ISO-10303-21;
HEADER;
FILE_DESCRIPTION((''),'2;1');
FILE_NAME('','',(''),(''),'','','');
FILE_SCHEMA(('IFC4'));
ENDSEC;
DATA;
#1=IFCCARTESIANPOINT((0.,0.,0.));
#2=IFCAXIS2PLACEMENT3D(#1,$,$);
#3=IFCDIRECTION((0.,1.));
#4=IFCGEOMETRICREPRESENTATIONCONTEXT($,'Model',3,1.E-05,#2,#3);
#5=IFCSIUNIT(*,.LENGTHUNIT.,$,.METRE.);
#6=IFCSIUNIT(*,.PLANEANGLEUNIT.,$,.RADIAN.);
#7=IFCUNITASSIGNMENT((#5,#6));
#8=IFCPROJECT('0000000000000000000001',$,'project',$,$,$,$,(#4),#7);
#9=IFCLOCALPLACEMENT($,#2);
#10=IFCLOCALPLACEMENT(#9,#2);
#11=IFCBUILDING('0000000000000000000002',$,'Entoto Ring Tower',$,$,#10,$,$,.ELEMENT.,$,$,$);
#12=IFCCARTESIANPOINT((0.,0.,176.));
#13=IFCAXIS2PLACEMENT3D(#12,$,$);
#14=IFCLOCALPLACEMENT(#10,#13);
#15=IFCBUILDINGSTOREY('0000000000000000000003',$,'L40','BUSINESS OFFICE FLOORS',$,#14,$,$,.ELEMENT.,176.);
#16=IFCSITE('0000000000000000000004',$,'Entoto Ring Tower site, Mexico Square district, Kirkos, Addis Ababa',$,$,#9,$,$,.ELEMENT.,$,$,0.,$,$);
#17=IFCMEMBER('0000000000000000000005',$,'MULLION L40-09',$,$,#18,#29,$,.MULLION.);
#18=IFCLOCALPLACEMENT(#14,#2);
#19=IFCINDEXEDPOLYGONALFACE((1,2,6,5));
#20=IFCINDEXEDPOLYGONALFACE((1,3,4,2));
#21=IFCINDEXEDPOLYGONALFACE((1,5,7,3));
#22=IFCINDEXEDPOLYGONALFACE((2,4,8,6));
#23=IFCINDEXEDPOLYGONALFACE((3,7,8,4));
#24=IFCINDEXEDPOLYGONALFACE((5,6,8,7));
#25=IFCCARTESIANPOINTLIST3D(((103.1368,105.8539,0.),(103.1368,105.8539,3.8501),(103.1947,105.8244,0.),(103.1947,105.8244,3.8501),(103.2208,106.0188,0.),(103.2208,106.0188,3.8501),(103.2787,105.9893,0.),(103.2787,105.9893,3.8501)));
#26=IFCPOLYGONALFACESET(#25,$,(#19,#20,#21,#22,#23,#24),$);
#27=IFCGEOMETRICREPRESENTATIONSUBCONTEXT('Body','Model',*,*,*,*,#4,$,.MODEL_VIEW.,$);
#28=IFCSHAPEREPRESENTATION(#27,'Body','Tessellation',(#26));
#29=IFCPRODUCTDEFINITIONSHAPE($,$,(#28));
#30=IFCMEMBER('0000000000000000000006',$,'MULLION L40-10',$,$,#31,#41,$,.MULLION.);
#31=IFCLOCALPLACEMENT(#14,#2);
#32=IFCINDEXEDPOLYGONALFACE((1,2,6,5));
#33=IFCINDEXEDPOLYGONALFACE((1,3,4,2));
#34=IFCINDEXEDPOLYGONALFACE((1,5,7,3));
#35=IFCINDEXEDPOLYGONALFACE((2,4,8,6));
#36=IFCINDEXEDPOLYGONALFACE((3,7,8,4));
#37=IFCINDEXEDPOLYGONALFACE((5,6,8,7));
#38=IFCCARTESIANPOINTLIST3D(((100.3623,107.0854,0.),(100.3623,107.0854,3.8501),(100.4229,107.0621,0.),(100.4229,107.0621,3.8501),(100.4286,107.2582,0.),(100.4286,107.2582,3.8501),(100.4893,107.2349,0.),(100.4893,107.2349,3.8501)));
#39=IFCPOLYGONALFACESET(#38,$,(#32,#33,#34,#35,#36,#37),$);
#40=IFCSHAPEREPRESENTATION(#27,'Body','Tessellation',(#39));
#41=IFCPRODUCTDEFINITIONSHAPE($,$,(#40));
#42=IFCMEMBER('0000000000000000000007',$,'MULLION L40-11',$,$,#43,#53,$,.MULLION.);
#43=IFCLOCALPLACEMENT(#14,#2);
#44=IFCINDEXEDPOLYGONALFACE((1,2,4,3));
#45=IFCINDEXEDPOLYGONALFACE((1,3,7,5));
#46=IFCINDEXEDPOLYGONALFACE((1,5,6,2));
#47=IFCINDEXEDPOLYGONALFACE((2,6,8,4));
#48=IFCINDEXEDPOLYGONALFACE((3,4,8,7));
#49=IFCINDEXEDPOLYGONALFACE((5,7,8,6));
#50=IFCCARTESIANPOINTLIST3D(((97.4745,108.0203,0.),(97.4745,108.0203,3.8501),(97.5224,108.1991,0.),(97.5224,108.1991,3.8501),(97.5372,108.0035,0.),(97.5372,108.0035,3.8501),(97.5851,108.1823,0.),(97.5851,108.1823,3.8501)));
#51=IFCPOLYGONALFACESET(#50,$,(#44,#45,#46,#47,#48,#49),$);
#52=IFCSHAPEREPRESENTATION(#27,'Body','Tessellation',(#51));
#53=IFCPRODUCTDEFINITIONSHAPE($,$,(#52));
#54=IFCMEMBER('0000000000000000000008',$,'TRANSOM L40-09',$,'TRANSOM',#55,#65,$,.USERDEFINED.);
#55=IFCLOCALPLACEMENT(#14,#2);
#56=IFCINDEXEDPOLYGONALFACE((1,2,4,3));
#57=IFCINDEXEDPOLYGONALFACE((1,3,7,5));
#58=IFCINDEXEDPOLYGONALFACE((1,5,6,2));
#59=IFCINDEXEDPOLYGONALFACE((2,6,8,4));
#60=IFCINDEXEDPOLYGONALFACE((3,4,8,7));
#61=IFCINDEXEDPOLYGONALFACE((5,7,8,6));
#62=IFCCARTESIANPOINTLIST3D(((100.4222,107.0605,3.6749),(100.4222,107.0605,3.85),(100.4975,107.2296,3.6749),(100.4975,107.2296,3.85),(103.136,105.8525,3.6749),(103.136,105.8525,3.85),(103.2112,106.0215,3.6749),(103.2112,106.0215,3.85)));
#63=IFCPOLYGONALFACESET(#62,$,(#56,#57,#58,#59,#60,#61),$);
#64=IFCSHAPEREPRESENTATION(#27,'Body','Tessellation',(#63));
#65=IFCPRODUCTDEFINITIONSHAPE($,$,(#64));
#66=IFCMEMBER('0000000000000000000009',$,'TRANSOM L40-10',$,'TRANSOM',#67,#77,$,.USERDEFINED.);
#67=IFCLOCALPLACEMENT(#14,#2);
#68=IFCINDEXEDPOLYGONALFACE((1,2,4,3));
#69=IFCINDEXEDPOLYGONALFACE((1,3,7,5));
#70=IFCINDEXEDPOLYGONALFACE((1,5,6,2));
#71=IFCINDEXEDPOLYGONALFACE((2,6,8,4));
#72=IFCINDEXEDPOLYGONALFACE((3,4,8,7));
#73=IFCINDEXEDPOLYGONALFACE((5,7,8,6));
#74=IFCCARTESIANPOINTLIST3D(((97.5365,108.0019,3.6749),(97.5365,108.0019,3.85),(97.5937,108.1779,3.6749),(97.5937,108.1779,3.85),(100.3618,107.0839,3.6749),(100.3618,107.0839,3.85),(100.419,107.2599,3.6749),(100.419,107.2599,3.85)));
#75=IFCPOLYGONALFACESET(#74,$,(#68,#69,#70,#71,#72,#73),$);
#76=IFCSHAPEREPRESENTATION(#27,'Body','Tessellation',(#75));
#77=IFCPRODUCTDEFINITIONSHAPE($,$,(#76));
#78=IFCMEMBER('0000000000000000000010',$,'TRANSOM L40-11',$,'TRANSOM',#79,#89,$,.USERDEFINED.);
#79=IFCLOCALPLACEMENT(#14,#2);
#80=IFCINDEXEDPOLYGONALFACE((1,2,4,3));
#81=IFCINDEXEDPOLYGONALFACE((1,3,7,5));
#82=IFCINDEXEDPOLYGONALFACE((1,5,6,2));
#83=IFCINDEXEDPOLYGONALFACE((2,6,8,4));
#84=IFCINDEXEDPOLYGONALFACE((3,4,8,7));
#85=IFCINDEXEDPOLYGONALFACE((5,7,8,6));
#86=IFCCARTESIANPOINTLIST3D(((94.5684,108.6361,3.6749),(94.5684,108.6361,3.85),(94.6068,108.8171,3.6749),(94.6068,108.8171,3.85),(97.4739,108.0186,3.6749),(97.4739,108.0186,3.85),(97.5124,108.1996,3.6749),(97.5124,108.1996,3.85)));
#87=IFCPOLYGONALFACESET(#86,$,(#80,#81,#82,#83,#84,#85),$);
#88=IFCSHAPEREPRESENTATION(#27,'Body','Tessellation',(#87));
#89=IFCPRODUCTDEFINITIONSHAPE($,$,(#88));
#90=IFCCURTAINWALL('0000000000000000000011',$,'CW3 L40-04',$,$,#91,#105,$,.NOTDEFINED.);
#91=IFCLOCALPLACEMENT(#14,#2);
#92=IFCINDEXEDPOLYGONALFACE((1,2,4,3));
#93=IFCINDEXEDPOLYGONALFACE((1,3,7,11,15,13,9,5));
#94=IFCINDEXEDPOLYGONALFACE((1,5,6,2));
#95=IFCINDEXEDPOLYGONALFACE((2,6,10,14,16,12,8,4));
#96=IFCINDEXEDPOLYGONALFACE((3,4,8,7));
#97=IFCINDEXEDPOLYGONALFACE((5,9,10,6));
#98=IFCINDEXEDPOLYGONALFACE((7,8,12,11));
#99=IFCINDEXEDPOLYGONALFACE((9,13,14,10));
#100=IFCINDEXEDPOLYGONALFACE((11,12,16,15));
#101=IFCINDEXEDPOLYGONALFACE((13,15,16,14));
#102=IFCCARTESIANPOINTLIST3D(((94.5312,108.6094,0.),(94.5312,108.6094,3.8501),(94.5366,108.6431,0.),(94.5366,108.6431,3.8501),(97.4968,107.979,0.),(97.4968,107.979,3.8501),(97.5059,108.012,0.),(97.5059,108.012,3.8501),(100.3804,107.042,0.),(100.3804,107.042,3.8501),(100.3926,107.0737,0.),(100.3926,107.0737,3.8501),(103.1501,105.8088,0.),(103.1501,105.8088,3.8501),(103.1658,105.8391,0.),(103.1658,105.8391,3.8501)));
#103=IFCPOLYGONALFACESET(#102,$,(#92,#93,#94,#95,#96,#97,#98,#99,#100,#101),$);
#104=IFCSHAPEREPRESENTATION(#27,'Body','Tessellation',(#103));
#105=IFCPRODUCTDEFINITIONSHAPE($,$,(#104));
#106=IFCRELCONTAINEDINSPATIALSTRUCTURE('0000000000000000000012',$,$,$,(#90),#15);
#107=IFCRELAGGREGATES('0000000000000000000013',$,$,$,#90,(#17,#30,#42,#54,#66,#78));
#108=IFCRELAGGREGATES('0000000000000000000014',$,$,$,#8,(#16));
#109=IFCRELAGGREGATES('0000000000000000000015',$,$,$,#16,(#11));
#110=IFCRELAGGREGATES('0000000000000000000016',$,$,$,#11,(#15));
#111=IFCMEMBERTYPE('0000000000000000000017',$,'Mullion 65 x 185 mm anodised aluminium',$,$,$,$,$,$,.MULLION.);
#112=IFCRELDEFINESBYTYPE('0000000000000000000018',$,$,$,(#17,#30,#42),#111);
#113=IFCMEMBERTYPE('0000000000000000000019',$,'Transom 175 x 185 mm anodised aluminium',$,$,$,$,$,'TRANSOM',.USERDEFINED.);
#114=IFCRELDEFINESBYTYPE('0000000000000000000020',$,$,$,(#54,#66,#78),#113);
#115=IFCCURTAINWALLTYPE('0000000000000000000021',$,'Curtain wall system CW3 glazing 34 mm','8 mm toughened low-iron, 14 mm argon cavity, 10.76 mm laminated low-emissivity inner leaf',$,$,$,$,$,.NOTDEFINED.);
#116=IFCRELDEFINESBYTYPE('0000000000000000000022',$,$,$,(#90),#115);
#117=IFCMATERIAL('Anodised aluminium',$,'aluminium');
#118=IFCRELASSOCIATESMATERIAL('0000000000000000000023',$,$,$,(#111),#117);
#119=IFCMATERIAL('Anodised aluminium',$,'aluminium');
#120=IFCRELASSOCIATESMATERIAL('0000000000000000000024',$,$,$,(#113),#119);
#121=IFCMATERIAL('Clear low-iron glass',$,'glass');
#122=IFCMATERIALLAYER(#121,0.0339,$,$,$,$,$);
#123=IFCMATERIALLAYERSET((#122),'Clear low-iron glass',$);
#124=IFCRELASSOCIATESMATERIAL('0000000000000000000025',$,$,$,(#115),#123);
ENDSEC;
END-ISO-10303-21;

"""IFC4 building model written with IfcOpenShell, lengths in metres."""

from ifc_helpers import new_model, si_unit, direction, frame, origin, origin_2d, place, context, subcontext, project, spatial, polyline, rectangle, outline, extrude, material, layer, layer_set, material_profile, profile_set, type_object, element, aggregate, save


model = new_model("IFC4")

# Units and contexts
model_context = context("Model", 3, precision=1e-05, world=origin(), true_north=direction((0.0, 1.0)))
body_context = subcontext(model_context, "Body", "Model", "MODEL_VIEW")
ifc_project = project(units=[si_unit("LENGTHUNIT", "METRE"), si_unit("PLANEANGLEUNIT", "RADIAN")], contexts=[model_context])

# Members
ifc_material_1 = material(Name="Anodised aluminium", Category="aluminium")
ifc_material_profile_1 = material_profile(ifc_material_1, rectangle(XDim=0.0649, YDim=0.1851, at=origin_2d()), Name="Mullion 65 x 185 mm anodised aluminium")
ifc_profile_set_1 = profile_set([ifc_material_profile_1], Name="Anodised aluminium")
member_type_1 = type_object("IfcMemberType", Name="Mullion 65 x 185 mm anodised aluminium", PredefinedType="MULLION", material=ifc_profile_set_1)
site_placement = place(None, origin())
building_placement = place(site_placement, origin())
storey_placement = place(building_placement, frame((0.0, 0.0, 176.0)))
member_1_placement = place(storey_placement, frame((103.2078, 105.9216, 0.0), z_axis=(0.0, 0.0, 1.0), x_axis=(-0.891007, 0.45399, 0.0)))
member_1 = element("IfcMember", 1, at=member_1_placement, type_object=member_type_1, Name="MULLION L40-09", PredefinedType="MULLION", context=body_context, shape_type="SweptSolid", body=[
    extrude(rectangle(XDim=0.0649, YDim=0.1851, at=origin_2d()), origin(), (0.0, 0.0, 1.0), 3.8501),
])
member_2_placement = place(storey_placement, frame((100.4258, 107.1602, 0.0), z_axis=(0.0, 0.0, 1.0), x_axis=(-0.93358, 0.358368, 0.0)))
member_2 = element("IfcMember", 2, at=member_2_placement, type_object=member_type_1, Name="MULLION L40-10", PredefinedType="MULLION", context=body_context, shape_type="SweptSolid", body=[
    extrude(rectangle(XDim=0.0649, YDim=0.1851, at=origin_2d()), origin(), (0.0, 0.0, 1.0), 3.8501),
])
member_3_placement = place(storey_placement, frame((97.5298, 108.1013, 0.0), z_axis=(0.0, 0.0, 1.0), x_axis=(-0.965926, 0.258819, 0.0)))
member_3 = element("IfcMember", 3, at=member_3_placement, type_object=member_type_1, Name="MULLION L40-11", PredefinedType="MULLION", context=body_context, shape_type="SweptSolid", body=[
    extrude(rectangle(XDim=0.0649, YDim=0.1851, at=origin_2d()), origin(), (0.0, 0.0, 1.0), 3.8501),
])
ifc_material_2 = material(Name="Anodised aluminium", Category="aluminium")
ifc_material_profile_2 = material_profile(ifc_material_2, rectangle(XDim=0.1851, YDim=0.175, at=origin_2d()), Name="Transom 175 x 185 mm anodised aluminium")
ifc_profile_set_2 = profile_set([ifc_material_profile_2], Name="Anodised aluminium")
member_type_2 = type_object("IfcMemberType", Name="Transom 175 x 185 mm anodised aluminium", ElementType="TRANSOM", PredefinedType="USERDEFINED", material=ifc_profile_set_2)
member_4_placement = place(storey_placement, frame((103.1736, 105.937, 3.7625), z_axis=(-0.913567, 0.406687, 0.0), x_axis=(-0.406687, -0.913567, 0.0)))
member_4 = element("IfcMember", 4, at=member_4_placement, type_object=member_type_2, Name="TRANSOM L40-09", ObjectType="TRANSOM", PredefinedType="USERDEFINED", context=body_context, shape_type="SweptSolid", body=[
    extrude(rectangle(XDim=0.1851, YDim=0.175, at=origin_2d()), origin(), (0.0, 0.0, 1.0), 2.9705),
])
member_5_placement = place(storey_placement, frame((100.3904, 107.1719, 3.7625), z_axis=(-0.951056, 0.309019, 0.0), x_axis=(-0.309019, -0.951056, 0.0)))
member_5 = element("IfcMember", 5, at=member_5_placement, type_object=member_type_2, Name="TRANSOM L40-10", ObjectType="TRANSOM", PredefinedType="USERDEFINED", context=body_context, shape_type="SweptSolid", body=[
    extrude(rectangle(XDim=0.1851, YDim=0.175, at=origin_2d()), origin(), (0.0, 0.0, 1.0), 2.9707),
])
member_6_placement = place(storey_placement, frame((97.4932, 108.1091, 3.7625), z_axis=(-0.978158, 0.207862, 0.0), x_axis=(-0.207862, -0.978158, 0.0)))
member_6 = element("IfcMember", 6, at=member_6_placement, type_object=member_type_2, Name="TRANSOM L40-11", ObjectType="TRANSOM", PredefinedType="USERDEFINED", context=body_context, shape_type="SweptSolid", body=[
    extrude(rectangle(XDim=0.1851, YDim=0.175, at=origin_2d()), origin(), (0.0, 0.0, 1.0), 2.9705),
])

# Site, building, storey
site = spatial("IfcSite", under=ifc_project, at=site_placement, Name="Entoto Ring Tower site, Mexico Square district, Kirkos, Addis Ababa", CompositionType="ELEMENT", RefElevation=0.0)
building = spatial("IfcBuilding", under=site, at=building_placement, Name="Entoto Ring Tower", CompositionType="ELEMENT")
storey = spatial("IfcBuildingStorey", under=building, at=storey_placement, Name="L40", Description="BUSINESS OFFICE FLOORS", CompositionType="ELEMENT", Elevation=176.0)

# Curtain wall
ifc_material_3 = material(Name="Clear low-iron glass", Category="glass")
ifc_layer = layer(ifc_material_3, 0.0339)
ifc_layer_set = layer_set([ifc_layer], Name="Clear low-iron glass")
curtain_wall_type = type_object("IfcCurtainWallType", Name="Curtain wall system CW3 glazing 34 mm", Description="8 mm toughened low-iron, 14 mm argon cavity, 10.76 mm laminated low-emissivity inner leaf", PredefinedType="NOTDEFINED", material=ifc_layer_set)
curtain_wall_1_placement = place(storey_placement, origin())
curtain_wall_1 = element("IfcCurtainWall", 7, at=curtain_wall_1_placement, inside=storey, type_object=curtain_wall_type, Name="CW3 L40-04", PredefinedType="NOTDEFINED", context=body_context, shape_type="SweptSolid", body=[
    extrude(outline(polyline([(103.1658, 105.8391), (100.3926, 107.0737), (97.5059, 108.012), (94.5366, 108.6431), (94.5312, 108.6094), (97.4968, 107.979), (100.3804, 107.042), (103.1501, 105.8088), (103.1658, 105.8391)])), origin(), (0.0, 0.0, 1.0), 3.8501),
])
aggregate(curtain_wall_1, [member_1, member_2, member_3, member_4, member_5, member_6])

save(model, "model.ifc")
